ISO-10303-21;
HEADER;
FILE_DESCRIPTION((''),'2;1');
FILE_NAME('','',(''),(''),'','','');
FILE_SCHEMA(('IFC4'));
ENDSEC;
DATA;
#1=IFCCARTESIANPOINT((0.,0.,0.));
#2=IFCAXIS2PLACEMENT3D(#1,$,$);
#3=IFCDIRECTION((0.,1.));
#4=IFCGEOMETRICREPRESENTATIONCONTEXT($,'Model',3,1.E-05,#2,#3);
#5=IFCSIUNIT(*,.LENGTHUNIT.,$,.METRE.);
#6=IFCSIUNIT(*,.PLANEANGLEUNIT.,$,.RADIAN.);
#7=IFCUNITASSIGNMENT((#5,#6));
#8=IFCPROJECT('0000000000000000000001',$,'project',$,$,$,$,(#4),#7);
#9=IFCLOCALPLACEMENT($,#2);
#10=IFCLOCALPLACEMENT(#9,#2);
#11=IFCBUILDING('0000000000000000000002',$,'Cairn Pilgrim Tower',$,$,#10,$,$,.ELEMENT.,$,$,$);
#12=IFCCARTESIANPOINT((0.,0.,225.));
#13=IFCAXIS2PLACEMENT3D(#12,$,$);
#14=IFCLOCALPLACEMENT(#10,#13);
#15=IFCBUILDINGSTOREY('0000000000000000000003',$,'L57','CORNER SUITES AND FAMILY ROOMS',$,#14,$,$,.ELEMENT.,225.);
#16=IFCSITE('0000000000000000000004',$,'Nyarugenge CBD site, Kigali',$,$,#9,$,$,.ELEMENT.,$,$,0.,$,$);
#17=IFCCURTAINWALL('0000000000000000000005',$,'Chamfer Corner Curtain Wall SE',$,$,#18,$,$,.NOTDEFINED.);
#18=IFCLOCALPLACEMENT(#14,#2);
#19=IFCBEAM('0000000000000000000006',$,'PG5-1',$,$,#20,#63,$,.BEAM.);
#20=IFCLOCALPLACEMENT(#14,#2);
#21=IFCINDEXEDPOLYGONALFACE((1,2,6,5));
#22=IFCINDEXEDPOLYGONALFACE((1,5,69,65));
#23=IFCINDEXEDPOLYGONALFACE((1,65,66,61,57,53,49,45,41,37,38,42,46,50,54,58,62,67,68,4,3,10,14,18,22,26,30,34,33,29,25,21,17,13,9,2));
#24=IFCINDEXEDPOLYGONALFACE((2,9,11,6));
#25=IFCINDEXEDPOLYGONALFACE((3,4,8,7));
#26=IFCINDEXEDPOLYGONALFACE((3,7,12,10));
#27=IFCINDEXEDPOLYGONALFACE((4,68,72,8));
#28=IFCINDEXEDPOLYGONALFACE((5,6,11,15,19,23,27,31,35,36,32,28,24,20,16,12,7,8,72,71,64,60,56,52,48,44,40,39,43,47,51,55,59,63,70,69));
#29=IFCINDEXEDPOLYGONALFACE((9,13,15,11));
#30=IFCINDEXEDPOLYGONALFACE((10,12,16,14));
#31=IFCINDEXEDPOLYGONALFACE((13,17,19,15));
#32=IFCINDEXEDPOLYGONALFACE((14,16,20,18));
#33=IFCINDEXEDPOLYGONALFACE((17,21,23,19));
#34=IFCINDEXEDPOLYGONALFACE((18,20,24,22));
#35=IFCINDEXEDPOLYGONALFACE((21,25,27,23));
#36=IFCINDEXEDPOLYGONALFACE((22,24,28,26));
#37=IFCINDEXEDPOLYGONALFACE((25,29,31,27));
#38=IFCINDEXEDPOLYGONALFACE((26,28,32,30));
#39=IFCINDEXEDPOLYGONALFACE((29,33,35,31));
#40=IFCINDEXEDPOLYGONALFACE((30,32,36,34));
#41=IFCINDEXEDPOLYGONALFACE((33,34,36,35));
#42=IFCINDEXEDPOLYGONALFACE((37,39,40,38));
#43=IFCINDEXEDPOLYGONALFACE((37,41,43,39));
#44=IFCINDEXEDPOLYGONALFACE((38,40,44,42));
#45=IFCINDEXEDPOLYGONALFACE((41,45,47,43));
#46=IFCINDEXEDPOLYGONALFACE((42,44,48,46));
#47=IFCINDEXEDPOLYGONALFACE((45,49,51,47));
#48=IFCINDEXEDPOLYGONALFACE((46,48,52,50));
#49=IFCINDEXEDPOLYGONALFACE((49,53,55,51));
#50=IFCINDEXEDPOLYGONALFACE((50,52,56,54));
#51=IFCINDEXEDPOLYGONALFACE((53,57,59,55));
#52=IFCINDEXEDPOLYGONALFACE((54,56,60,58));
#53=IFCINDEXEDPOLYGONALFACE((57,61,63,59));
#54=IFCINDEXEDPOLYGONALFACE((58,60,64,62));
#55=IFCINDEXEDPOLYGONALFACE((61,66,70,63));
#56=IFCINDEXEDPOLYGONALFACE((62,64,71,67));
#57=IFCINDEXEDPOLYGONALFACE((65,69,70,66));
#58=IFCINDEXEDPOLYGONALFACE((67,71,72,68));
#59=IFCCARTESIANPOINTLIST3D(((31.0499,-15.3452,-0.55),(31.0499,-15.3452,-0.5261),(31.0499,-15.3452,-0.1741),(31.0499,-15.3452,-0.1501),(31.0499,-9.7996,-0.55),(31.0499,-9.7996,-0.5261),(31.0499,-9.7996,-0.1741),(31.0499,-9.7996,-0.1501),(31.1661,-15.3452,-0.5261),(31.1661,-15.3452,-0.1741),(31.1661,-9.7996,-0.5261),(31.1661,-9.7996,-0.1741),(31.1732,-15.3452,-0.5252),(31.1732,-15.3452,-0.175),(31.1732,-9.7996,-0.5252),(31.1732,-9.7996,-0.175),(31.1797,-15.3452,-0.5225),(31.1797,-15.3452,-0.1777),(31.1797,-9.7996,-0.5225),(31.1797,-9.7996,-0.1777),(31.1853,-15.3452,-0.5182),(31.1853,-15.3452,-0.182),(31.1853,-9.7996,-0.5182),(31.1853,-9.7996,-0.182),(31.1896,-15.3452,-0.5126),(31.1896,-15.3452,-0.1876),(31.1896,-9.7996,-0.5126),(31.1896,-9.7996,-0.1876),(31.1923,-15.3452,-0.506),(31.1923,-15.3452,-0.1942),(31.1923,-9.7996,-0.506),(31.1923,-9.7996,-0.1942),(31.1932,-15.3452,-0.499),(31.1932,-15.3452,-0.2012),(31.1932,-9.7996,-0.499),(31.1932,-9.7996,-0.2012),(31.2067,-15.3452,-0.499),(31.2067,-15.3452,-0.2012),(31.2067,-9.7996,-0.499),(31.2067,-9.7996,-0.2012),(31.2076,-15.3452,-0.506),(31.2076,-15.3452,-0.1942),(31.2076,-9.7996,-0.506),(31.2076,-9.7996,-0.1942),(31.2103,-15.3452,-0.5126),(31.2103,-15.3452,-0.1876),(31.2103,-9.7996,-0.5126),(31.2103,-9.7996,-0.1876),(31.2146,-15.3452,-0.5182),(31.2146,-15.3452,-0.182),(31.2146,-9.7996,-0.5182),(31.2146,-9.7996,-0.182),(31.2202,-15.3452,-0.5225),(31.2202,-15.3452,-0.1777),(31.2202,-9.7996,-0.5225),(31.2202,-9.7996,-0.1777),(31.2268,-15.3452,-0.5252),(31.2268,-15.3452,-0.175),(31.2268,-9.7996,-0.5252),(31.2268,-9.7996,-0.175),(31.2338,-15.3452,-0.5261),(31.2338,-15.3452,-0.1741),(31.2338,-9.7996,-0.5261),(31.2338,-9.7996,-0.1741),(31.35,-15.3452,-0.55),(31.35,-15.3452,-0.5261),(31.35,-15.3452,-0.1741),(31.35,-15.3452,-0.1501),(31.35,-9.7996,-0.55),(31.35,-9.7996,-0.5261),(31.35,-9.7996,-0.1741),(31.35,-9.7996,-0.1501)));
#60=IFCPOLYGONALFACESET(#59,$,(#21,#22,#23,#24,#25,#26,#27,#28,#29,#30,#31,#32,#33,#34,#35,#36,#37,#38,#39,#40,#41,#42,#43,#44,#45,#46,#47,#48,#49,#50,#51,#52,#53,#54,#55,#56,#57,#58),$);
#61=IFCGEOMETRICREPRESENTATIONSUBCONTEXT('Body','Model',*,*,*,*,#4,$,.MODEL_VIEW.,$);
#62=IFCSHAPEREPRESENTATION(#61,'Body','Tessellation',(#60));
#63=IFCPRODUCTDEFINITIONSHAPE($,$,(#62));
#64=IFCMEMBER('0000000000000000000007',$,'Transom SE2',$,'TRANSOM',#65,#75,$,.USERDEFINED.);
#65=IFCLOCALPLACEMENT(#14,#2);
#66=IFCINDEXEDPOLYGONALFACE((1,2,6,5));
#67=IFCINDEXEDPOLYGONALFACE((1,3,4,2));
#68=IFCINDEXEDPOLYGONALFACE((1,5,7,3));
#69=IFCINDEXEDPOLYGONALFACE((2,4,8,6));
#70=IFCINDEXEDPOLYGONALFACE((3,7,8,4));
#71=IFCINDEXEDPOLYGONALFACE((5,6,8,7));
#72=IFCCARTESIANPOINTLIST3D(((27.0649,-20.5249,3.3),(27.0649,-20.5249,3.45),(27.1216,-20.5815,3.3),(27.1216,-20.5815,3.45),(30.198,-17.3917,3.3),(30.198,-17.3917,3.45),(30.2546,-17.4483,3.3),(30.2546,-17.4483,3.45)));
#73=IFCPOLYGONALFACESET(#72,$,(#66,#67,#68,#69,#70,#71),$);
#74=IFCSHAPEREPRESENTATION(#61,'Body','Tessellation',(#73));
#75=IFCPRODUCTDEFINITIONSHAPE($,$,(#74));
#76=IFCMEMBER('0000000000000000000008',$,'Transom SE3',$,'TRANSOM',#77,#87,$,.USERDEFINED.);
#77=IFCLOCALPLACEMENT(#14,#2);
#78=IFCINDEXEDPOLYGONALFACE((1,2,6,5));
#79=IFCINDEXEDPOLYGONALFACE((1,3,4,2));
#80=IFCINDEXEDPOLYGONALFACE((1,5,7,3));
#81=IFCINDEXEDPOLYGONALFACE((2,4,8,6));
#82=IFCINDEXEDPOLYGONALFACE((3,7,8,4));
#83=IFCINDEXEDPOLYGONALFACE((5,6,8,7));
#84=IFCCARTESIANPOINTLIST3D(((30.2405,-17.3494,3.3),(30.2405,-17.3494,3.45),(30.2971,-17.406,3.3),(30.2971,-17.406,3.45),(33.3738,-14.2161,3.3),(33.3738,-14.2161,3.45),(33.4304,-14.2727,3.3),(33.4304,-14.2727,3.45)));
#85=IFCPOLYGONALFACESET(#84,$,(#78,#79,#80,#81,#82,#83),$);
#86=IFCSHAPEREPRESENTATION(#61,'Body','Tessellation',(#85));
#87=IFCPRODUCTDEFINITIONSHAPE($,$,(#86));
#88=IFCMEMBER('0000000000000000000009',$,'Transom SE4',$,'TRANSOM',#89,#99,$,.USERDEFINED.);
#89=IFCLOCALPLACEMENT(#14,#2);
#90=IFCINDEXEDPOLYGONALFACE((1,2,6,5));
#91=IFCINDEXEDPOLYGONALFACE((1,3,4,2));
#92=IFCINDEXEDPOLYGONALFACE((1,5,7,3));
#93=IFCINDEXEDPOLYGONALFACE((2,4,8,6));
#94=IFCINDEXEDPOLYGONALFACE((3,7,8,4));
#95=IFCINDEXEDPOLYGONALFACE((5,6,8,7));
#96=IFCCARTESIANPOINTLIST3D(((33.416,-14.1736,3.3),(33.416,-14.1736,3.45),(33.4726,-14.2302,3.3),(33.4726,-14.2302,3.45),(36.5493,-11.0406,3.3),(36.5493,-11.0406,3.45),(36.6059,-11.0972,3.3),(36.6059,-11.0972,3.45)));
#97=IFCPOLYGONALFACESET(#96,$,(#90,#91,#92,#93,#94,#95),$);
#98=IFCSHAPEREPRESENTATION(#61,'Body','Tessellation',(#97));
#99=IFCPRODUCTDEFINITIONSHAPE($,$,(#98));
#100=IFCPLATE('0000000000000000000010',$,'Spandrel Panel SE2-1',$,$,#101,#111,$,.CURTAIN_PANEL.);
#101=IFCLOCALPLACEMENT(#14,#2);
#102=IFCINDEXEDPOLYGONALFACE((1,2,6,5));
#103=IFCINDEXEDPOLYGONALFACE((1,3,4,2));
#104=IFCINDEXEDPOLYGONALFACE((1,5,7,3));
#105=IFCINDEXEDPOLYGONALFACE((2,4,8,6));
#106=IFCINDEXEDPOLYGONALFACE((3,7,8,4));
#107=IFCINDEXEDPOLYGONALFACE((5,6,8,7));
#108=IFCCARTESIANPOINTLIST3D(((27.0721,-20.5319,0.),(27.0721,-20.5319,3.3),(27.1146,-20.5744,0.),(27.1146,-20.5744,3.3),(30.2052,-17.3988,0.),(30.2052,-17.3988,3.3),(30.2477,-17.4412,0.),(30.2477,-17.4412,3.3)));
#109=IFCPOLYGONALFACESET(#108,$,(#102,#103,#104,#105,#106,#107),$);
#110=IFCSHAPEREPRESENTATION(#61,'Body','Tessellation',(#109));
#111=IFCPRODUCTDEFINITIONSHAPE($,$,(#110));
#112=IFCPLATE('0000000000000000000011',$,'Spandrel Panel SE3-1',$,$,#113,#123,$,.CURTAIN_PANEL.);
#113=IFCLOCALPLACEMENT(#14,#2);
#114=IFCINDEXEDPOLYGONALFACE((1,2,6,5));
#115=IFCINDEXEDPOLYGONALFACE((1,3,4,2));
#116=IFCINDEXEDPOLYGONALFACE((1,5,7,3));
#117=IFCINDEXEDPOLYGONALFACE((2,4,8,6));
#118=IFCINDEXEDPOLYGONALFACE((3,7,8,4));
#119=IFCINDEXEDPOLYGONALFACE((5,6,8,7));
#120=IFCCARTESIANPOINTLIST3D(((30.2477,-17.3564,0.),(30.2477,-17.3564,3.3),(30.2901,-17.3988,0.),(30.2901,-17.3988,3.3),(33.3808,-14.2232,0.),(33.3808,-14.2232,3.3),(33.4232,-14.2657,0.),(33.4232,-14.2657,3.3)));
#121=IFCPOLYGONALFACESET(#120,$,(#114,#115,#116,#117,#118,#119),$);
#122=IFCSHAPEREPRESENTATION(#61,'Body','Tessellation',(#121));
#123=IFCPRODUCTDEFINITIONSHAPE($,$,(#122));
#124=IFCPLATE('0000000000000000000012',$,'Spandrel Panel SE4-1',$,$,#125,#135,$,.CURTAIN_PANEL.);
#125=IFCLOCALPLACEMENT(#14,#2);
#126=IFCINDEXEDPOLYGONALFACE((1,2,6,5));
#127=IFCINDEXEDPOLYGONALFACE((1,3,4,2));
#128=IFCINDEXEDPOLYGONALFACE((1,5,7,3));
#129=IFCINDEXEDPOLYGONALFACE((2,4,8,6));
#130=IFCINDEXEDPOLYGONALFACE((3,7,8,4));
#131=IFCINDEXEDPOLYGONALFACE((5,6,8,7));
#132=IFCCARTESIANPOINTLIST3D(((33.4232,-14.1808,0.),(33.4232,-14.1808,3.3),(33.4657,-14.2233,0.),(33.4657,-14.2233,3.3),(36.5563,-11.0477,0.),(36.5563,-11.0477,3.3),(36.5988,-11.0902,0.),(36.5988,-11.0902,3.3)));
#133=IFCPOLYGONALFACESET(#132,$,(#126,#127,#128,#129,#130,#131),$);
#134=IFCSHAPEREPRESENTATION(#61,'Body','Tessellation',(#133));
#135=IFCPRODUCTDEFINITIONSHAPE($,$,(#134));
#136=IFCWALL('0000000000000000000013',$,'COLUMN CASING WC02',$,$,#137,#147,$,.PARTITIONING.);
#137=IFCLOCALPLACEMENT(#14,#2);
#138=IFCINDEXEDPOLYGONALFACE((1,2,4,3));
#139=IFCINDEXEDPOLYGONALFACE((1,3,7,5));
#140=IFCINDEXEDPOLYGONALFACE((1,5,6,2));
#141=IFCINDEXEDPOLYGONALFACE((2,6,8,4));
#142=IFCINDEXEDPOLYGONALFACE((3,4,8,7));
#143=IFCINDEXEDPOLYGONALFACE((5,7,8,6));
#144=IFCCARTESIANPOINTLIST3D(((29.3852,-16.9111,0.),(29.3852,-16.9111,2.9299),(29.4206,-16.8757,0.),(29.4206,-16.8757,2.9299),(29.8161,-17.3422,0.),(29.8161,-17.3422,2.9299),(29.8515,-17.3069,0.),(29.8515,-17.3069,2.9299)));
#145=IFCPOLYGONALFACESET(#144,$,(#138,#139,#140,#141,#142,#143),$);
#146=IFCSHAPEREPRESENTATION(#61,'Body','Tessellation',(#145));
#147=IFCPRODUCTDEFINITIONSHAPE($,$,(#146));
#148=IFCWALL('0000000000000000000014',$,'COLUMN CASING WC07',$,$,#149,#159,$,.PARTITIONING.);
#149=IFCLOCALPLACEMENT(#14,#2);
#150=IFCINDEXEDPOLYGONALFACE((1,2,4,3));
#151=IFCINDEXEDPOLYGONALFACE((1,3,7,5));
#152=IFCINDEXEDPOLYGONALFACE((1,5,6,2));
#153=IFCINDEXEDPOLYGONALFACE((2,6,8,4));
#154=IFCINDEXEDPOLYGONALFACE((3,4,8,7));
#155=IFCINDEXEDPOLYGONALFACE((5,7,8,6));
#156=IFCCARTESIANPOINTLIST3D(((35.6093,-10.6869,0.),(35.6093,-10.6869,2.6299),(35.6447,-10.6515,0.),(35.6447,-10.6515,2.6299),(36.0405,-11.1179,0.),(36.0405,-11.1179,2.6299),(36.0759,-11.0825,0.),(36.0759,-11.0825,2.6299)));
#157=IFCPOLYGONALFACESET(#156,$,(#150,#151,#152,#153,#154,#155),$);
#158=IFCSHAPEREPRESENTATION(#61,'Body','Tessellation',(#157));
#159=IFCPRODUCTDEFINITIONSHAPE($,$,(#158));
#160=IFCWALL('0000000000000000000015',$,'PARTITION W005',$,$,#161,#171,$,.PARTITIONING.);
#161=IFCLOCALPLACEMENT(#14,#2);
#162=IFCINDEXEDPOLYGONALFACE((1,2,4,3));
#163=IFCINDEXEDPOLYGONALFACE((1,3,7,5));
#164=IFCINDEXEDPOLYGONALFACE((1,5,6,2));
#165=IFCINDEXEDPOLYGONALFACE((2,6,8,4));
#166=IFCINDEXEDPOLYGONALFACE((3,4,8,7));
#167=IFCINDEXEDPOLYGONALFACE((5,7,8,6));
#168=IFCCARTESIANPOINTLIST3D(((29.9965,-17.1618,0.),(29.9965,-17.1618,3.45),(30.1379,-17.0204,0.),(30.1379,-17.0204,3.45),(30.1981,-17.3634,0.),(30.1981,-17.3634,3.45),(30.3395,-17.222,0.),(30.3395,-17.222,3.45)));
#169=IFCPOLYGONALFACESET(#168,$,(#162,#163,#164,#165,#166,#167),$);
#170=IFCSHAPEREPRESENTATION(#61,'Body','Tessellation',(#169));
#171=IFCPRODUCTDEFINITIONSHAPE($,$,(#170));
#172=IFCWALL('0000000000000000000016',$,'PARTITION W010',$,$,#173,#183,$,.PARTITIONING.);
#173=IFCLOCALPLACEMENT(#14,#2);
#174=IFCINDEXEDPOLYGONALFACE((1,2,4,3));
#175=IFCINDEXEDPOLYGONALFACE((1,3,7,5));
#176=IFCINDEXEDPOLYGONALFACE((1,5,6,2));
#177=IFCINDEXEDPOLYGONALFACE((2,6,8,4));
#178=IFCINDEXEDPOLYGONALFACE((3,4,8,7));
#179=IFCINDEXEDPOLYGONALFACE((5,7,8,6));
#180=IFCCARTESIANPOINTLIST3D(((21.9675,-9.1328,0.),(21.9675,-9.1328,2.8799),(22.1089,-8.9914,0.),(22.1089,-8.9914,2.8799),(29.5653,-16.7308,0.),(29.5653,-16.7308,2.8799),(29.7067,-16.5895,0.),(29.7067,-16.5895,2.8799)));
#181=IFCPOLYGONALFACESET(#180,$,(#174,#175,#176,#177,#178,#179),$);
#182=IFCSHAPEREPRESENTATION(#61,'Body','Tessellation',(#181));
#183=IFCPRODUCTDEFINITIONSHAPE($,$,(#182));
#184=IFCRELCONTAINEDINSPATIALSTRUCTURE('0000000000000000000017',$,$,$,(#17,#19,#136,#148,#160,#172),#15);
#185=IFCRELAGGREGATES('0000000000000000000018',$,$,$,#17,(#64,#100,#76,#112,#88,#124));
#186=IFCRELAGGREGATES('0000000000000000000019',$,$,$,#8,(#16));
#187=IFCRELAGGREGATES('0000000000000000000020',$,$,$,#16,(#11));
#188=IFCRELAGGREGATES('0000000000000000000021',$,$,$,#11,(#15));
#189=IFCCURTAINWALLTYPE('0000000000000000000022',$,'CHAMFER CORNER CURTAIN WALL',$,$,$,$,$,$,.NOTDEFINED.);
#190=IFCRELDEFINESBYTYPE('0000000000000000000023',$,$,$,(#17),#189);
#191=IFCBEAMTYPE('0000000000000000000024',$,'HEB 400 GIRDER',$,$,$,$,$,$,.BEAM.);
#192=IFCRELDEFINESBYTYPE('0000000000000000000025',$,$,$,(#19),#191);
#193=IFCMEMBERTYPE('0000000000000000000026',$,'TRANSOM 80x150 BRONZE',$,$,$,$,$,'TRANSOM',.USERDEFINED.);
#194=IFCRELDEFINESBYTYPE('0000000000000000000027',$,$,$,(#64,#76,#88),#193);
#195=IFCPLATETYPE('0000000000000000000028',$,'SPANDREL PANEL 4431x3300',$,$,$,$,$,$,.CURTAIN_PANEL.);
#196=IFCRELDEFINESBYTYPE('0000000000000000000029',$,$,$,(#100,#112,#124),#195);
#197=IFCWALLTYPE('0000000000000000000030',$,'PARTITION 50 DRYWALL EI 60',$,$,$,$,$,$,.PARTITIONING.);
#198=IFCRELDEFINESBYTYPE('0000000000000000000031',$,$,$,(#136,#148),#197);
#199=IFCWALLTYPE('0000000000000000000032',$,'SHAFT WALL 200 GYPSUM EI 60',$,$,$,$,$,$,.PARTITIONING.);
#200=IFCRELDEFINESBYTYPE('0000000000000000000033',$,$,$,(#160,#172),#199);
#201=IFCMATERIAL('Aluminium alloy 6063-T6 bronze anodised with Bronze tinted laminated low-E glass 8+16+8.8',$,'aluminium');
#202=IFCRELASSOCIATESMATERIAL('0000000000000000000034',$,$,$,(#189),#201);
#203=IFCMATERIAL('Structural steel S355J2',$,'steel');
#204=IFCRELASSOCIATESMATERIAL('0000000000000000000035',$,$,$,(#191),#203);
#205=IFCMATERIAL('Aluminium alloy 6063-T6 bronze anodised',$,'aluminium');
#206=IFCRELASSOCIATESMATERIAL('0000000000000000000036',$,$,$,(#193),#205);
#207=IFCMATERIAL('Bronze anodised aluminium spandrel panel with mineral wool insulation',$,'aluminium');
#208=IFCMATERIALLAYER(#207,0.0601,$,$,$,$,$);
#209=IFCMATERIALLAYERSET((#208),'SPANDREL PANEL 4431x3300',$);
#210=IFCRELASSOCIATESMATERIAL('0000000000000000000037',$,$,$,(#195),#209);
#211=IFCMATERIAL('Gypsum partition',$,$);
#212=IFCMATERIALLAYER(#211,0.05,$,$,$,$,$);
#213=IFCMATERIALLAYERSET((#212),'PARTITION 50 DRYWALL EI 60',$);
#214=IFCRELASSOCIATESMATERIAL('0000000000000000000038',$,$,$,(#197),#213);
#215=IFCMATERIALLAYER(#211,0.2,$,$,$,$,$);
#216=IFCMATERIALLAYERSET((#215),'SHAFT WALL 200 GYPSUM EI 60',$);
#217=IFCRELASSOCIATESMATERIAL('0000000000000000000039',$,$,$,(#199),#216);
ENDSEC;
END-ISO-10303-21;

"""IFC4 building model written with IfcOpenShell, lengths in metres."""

from ifc_helpers import new_model, si_unit, direction, frame, frame_2d, origin, origin_2d, place, context, subcontext, project, spatial, rectangle, i_section, extrude, material, layer, layer_set, material_profile, profile_set, type_object, element, aggregate, save


model = new_model("IFC4")

# Units and contexts
model_context = context("Model", 3, precision=1e-05, world=origin(), true_north=direction((0.0, 1.0)))
body_context = subcontext(model_context, "Body", "Model", "MODEL_VIEW")
ifc_project = project(units=[si_unit("LENGTHUNIT", "METRE"), si_unit("PLANEANGLEUNIT", "RADIAN")], contexts=[model_context])

# Site, building, storey
site_placement = place(None, origin())
site = spatial("IfcSite", under=ifc_project, at=site_placement, Name="Nyarugenge CBD site, Kigali", CompositionType="ELEMENT", RefElevation=0.0)
building_placement = place(site_placement, origin())
building = spatial("IfcBuilding", under=site, at=building_placement, Name="Cairn Pilgrim Tower", CompositionType="ELEMENT")
storey_placement = place(building_placement, frame((0.0, 0.0, 225.0)))
storey = spatial("IfcBuildingStorey", under=building, at=storey_placement, Name="L57", Description="CORNER SUITES AND FAMILY ROOMS", CompositionType="ELEMENT", Elevation=225.0)

# Shared definitions
ifc_material_1 = material(Name="Structural steel S355J2", Category="steel")

# Curtain wall
ifc_material_2 = material(Name="Aluminium alloy 6063-T6 bronze anodised with Bronze tinted laminated low-E glass 8+16+8.8", Category="aluminium")
curtain_wall_type = type_object("IfcCurtainWallType", Name="CHAMFER CORNER CURTAIN WALL", PredefinedType="NOTDEFINED", material=ifc_material_2)
curtain_wall_placement = place(storey_placement, origin())
curtain_wall = element("IfcCurtainWall", 1, at=curtain_wall_placement, inside=storey, type_object=curtain_wall_type, Name="Chamfer Corner Curtain Wall SE", PredefinedType="NOTDEFINED")
ifc_material_3 = material(Name="Aluminium alloy 6063-T6 bronze anodised", Category="aluminium")

# Beam
ifc_material_profile_1 = material_profile(ifc_material_1, i_section(OverallWidth=0.3, OverallDepth=0.3999, WebThickness=0.0134, FlangeThickness=0.0239, FilletRadius=0.0271, at=origin_2d()), Name="HEB 400")
ifc_profile_set_1 = profile_set([ifc_material_profile_1], Name="Structural steel S355J2")
beam_type_1 = type_object("IfcBeamType", Name="HEB 400 GIRDER", PredefinedType="BEAM", material=ifc_profile_set_1)
beam_1_placement = place(storey_placement, frame((31.2, -15.3452, -0.3501), z_axis=(0.0, 1.0, 0.0), x_axis=(-1.0, 0.0, 0.0)))
element("IfcBeam", 2, at=beam_1_placement, inside=storey, type_object=beam_type_1, Name="PG5-1", PredefinedType="BEAM", context=body_context, shape_type="SweptSolid", body=[
    extrude(i_section(OverallWidth=0.3, OverallDepth=0.3999, WebThickness=0.0134, FlangeThickness=0.0239, FilletRadius=0.0271, at=origin_2d()), origin(), (0.0, 0.0, 1.0), 5.5457),
])

# Members
ifc_material_profile_2 = material_profile(ifc_material_3, rectangle(XDim=0.0801, YDim=0.1499, at=origin_2d()), Name="TRANSOM 80x150 BRONZE")
ifc_profile_set_2 = profile_set([ifc_material_profile_2], Name="Aluminium alloy 6063-T6 bronze anodised")
member_type_1 = type_object("IfcMemberType", Name="TRANSOM 80x150 BRONZE", ElementType="TRANSOM", PredefinedType="USERDEFINED", material=ifc_profile_set_2)
member_1_placement = place(storey_placement, frame((27.0933, -20.5532, 3.375), z_axis=(0.707079, 0.707134, 0.0), x_axis=(-0.707134, 0.707079, 0.0)))
member_1 = element("IfcMember", 3, at=member_1_placement, type_object=member_type_1, Name="Transom SE2", ObjectType="TRANSOM", PredefinedType="USERDEFINED", context=body_context, shape_type="SweptSolid", body=[
    extrude(rectangle(XDim=0.0801, YDim=0.1499, at=origin_2d()), origin(), (0.0, 0.0, 1.0), 4.4309),
])
member_2_placement = place(storey_placement, frame((30.2688, -17.3777, 3.375), z_axis=(0.707107, 0.707107, 0.0), x_axis=(-0.707107, 0.707107, 0.0)))
member_2 = element("IfcMember", 4, at=member_2_placement, type_object=member_type_1, Name="Transom SE3", ObjectType="TRANSOM", PredefinedType="USERDEFINED", context=body_context, shape_type="SweptSolid", body=[
    extrude(rectangle(XDim=0.0801, YDim=0.1499, at=origin_2d()), origin(), (0.0, 0.0, 1.0), 4.4312),
])
member_3_placement = place(storey_placement, frame((33.4443, -14.2019, 3.375), z_axis=(0.707134, 0.707079, 0.0), x_axis=(-0.707079, 0.707134, 0.0)))
member_3 = element("IfcMember", 5, at=member_3_placement, type_object=member_type_1, Name="Transom SE4", ObjectType="TRANSOM", PredefinedType="USERDEFINED", context=body_context, shape_type="SweptSolid", body=[
    extrude(rectangle(XDim=0.0801, YDim=0.1499, at=origin_2d()), origin(), (0.0, 0.0, 1.0), 4.4309),
])

# Plates
ifc_material_4 = material(Name="Bronze anodised aluminium spandrel panel with mineral wool insulation", Category="aluminium")
ifc_layer_1 = layer(ifc_material_4, 0.0601)
ifc_layer_set_1 = layer_set([ifc_layer_1], Name="SPANDREL PANEL 4431x3300")
plate_type = type_object("IfcPlateType", Name="SPANDREL PANEL 4431x3300", PredefinedType="CURTAIN_PANEL", material=ifc_layer_set_1)
plate_1_placement = place(storey_placement, frame((28.6599, -18.9866, 0.0), z_axis=(0.0, 0.0, 1.0), x_axis=(0.707107, 0.707107, 0.0)))
plate_1 = element("IfcPlate", 6, at=plate_1_placement, type_object=plate_type, Name="Spandrel Panel SE2-1", PredefinedType="CURTAIN_PANEL", context=body_context, shape_type="SweptSolid", body=[
    extrude(rectangle(XDim=4.4309, YDim=0.0601, at=origin_2d()), origin(), (0.0, 0.0, 1.0), 3.3),
])
plate_2_placement = place(storey_placement, frame((31.8354, -15.811, 0.0), z_axis=(0.0, 0.0, 1.0), x_axis=(0.707107, 0.707107, 0.0)))
plate_2 = element("IfcPlate", 7, at=plate_2_placement, type_object=plate_type, Name="Spandrel Panel SE3-1", PredefinedType="CURTAIN_PANEL", context=body_context, shape_type="SweptSolid", body=[
    extrude(rectangle(XDim=4.4309, YDim=0.0601, at=origin_2d()), origin(), (0.0, 0.0, 1.0), 3.3),
])
plate_3_placement = place(storey_placement, frame((35.011, -12.6355, 0.0), z_axis=(0.0, 0.0, 1.0), x_axis=(0.707107, 0.707107, 0.0)))
plate_3 = element("IfcPlate", 8, at=plate_3_placement, type_object=plate_type, Name="Spandrel Panel SE4-1", PredefinedType="CURTAIN_PANEL", context=body_context, shape_type="SweptSolid", body=[
    extrude(rectangle(XDim=4.4309, YDim=0.0601, at=origin_2d()), origin(), (0.0, 0.0, 1.0), 3.3),
])
aggregate(curtain_wall, [member_1, plate_1, member_2, plate_2, member_3, plate_3])

# Walls
ifc_material_5 = material(Name="Gypsum partition")
ifc_layer_2 = layer(ifc_material_5, 0.05)
ifc_layer_set_2 = layer_set([ifc_layer_2], Name="PARTITION 50 DRYWALL EI 60")
wall_type_1 = type_object("IfcWallType", Name="PARTITION 50 DRYWALL EI 60", PredefinedType="PARTITIONING", material=ifc_layer_set_2)
wall_1_placement = place(storey_placement, frame((29.8337, -17.3245, 0.0), z_axis=(0.0, 0.0, 1.0), x_axis=(-0.706906, 0.707307, 0.0)))
element("IfcWall", 9, at=wall_1_placement, inside=storey, type_object=wall_type_1, Name="COLUMN CASING WC02", PredefinedType="PARTITIONING", context=body_context, shape_type="SweptSolid", body=[
    extrude(rectangle(XDim=0.6096, YDim=0.05, at=frame_2d((0.3047, 0.0))), origin(), (0.0, 0.0, 1.0), 2.9299),
])
wall_2_placement = place(storey_placement, frame((36.0581, -11.1001, 0.0), z_axis=(0.0, 0.0, 1.0), x_axis=(-0.707307, 0.706906, 0.0)))
element("IfcWall", 10, at=wall_2_placement, inside=storey, type_object=wall_type_1, Name="COLUMN CASING WC07", PredefinedType="PARTITIONING", context=body_context, shape_type="SweptSolid", body=[
    extrude(rectangle(XDim=0.6096, YDim=0.05, at=frame_2d((0.3047, 0.0))), origin(), (0.0, 0.0, 1.0), 2.6299),
])
ifc_layer_3 = layer(ifc_material_5, 0.2)
ifc_layer_set_3 = layer_set([ifc_layer_3], Name="SHAFT WALL 200 GYPSUM EI 60")
wall_type_2 = type_object("IfcWallType", Name="SHAFT WALL 200 GYPSUM EI 60", PredefinedType="PARTITIONING", material=ifc_layer_set_3)
wall_3_placement = place(storey_placement, frame((30.2688, -17.2927, 0.0), z_axis=(0.0, 0.0, 1.0), x_axis=(-0.707107, 0.707107, 0.0)))
element("IfcWall", 11, at=wall_3_placement, inside=storey, type_object=wall_type_2, Name="PARTITION W005", PredefinedType="PARTITIONING", context=body_context, shape_type="SweptSolid", body=[
    extrude(rectangle(XDim=0.2852, YDim=0.2, at=frame_2d((0.1426, 0.0))), origin(), (0.0, 0.0, 1.0), 3.45),
])
wall_4_placement = place(storey_placement, frame((29.636, -16.6602, 0.0), z_axis=(0.0, 0.0, 1.0), x_axis=(-0.707095, 0.707118, 0.0)))
element("IfcWall", 12, at=wall_4_placement, inside=storey, type_object=wall_type_2, Name="PARTITION W010", PredefinedType="PARTITIONING", context=body_context, shape_type="SweptSolid", body=[
    extrude(rectangle(XDim=10.7451, YDim=0.2, at=frame_2d((5.3726, 0.0))), origin(), (0.0, 0.0, 1.0), 2.8799),
])

save(model, "model.ifc")
